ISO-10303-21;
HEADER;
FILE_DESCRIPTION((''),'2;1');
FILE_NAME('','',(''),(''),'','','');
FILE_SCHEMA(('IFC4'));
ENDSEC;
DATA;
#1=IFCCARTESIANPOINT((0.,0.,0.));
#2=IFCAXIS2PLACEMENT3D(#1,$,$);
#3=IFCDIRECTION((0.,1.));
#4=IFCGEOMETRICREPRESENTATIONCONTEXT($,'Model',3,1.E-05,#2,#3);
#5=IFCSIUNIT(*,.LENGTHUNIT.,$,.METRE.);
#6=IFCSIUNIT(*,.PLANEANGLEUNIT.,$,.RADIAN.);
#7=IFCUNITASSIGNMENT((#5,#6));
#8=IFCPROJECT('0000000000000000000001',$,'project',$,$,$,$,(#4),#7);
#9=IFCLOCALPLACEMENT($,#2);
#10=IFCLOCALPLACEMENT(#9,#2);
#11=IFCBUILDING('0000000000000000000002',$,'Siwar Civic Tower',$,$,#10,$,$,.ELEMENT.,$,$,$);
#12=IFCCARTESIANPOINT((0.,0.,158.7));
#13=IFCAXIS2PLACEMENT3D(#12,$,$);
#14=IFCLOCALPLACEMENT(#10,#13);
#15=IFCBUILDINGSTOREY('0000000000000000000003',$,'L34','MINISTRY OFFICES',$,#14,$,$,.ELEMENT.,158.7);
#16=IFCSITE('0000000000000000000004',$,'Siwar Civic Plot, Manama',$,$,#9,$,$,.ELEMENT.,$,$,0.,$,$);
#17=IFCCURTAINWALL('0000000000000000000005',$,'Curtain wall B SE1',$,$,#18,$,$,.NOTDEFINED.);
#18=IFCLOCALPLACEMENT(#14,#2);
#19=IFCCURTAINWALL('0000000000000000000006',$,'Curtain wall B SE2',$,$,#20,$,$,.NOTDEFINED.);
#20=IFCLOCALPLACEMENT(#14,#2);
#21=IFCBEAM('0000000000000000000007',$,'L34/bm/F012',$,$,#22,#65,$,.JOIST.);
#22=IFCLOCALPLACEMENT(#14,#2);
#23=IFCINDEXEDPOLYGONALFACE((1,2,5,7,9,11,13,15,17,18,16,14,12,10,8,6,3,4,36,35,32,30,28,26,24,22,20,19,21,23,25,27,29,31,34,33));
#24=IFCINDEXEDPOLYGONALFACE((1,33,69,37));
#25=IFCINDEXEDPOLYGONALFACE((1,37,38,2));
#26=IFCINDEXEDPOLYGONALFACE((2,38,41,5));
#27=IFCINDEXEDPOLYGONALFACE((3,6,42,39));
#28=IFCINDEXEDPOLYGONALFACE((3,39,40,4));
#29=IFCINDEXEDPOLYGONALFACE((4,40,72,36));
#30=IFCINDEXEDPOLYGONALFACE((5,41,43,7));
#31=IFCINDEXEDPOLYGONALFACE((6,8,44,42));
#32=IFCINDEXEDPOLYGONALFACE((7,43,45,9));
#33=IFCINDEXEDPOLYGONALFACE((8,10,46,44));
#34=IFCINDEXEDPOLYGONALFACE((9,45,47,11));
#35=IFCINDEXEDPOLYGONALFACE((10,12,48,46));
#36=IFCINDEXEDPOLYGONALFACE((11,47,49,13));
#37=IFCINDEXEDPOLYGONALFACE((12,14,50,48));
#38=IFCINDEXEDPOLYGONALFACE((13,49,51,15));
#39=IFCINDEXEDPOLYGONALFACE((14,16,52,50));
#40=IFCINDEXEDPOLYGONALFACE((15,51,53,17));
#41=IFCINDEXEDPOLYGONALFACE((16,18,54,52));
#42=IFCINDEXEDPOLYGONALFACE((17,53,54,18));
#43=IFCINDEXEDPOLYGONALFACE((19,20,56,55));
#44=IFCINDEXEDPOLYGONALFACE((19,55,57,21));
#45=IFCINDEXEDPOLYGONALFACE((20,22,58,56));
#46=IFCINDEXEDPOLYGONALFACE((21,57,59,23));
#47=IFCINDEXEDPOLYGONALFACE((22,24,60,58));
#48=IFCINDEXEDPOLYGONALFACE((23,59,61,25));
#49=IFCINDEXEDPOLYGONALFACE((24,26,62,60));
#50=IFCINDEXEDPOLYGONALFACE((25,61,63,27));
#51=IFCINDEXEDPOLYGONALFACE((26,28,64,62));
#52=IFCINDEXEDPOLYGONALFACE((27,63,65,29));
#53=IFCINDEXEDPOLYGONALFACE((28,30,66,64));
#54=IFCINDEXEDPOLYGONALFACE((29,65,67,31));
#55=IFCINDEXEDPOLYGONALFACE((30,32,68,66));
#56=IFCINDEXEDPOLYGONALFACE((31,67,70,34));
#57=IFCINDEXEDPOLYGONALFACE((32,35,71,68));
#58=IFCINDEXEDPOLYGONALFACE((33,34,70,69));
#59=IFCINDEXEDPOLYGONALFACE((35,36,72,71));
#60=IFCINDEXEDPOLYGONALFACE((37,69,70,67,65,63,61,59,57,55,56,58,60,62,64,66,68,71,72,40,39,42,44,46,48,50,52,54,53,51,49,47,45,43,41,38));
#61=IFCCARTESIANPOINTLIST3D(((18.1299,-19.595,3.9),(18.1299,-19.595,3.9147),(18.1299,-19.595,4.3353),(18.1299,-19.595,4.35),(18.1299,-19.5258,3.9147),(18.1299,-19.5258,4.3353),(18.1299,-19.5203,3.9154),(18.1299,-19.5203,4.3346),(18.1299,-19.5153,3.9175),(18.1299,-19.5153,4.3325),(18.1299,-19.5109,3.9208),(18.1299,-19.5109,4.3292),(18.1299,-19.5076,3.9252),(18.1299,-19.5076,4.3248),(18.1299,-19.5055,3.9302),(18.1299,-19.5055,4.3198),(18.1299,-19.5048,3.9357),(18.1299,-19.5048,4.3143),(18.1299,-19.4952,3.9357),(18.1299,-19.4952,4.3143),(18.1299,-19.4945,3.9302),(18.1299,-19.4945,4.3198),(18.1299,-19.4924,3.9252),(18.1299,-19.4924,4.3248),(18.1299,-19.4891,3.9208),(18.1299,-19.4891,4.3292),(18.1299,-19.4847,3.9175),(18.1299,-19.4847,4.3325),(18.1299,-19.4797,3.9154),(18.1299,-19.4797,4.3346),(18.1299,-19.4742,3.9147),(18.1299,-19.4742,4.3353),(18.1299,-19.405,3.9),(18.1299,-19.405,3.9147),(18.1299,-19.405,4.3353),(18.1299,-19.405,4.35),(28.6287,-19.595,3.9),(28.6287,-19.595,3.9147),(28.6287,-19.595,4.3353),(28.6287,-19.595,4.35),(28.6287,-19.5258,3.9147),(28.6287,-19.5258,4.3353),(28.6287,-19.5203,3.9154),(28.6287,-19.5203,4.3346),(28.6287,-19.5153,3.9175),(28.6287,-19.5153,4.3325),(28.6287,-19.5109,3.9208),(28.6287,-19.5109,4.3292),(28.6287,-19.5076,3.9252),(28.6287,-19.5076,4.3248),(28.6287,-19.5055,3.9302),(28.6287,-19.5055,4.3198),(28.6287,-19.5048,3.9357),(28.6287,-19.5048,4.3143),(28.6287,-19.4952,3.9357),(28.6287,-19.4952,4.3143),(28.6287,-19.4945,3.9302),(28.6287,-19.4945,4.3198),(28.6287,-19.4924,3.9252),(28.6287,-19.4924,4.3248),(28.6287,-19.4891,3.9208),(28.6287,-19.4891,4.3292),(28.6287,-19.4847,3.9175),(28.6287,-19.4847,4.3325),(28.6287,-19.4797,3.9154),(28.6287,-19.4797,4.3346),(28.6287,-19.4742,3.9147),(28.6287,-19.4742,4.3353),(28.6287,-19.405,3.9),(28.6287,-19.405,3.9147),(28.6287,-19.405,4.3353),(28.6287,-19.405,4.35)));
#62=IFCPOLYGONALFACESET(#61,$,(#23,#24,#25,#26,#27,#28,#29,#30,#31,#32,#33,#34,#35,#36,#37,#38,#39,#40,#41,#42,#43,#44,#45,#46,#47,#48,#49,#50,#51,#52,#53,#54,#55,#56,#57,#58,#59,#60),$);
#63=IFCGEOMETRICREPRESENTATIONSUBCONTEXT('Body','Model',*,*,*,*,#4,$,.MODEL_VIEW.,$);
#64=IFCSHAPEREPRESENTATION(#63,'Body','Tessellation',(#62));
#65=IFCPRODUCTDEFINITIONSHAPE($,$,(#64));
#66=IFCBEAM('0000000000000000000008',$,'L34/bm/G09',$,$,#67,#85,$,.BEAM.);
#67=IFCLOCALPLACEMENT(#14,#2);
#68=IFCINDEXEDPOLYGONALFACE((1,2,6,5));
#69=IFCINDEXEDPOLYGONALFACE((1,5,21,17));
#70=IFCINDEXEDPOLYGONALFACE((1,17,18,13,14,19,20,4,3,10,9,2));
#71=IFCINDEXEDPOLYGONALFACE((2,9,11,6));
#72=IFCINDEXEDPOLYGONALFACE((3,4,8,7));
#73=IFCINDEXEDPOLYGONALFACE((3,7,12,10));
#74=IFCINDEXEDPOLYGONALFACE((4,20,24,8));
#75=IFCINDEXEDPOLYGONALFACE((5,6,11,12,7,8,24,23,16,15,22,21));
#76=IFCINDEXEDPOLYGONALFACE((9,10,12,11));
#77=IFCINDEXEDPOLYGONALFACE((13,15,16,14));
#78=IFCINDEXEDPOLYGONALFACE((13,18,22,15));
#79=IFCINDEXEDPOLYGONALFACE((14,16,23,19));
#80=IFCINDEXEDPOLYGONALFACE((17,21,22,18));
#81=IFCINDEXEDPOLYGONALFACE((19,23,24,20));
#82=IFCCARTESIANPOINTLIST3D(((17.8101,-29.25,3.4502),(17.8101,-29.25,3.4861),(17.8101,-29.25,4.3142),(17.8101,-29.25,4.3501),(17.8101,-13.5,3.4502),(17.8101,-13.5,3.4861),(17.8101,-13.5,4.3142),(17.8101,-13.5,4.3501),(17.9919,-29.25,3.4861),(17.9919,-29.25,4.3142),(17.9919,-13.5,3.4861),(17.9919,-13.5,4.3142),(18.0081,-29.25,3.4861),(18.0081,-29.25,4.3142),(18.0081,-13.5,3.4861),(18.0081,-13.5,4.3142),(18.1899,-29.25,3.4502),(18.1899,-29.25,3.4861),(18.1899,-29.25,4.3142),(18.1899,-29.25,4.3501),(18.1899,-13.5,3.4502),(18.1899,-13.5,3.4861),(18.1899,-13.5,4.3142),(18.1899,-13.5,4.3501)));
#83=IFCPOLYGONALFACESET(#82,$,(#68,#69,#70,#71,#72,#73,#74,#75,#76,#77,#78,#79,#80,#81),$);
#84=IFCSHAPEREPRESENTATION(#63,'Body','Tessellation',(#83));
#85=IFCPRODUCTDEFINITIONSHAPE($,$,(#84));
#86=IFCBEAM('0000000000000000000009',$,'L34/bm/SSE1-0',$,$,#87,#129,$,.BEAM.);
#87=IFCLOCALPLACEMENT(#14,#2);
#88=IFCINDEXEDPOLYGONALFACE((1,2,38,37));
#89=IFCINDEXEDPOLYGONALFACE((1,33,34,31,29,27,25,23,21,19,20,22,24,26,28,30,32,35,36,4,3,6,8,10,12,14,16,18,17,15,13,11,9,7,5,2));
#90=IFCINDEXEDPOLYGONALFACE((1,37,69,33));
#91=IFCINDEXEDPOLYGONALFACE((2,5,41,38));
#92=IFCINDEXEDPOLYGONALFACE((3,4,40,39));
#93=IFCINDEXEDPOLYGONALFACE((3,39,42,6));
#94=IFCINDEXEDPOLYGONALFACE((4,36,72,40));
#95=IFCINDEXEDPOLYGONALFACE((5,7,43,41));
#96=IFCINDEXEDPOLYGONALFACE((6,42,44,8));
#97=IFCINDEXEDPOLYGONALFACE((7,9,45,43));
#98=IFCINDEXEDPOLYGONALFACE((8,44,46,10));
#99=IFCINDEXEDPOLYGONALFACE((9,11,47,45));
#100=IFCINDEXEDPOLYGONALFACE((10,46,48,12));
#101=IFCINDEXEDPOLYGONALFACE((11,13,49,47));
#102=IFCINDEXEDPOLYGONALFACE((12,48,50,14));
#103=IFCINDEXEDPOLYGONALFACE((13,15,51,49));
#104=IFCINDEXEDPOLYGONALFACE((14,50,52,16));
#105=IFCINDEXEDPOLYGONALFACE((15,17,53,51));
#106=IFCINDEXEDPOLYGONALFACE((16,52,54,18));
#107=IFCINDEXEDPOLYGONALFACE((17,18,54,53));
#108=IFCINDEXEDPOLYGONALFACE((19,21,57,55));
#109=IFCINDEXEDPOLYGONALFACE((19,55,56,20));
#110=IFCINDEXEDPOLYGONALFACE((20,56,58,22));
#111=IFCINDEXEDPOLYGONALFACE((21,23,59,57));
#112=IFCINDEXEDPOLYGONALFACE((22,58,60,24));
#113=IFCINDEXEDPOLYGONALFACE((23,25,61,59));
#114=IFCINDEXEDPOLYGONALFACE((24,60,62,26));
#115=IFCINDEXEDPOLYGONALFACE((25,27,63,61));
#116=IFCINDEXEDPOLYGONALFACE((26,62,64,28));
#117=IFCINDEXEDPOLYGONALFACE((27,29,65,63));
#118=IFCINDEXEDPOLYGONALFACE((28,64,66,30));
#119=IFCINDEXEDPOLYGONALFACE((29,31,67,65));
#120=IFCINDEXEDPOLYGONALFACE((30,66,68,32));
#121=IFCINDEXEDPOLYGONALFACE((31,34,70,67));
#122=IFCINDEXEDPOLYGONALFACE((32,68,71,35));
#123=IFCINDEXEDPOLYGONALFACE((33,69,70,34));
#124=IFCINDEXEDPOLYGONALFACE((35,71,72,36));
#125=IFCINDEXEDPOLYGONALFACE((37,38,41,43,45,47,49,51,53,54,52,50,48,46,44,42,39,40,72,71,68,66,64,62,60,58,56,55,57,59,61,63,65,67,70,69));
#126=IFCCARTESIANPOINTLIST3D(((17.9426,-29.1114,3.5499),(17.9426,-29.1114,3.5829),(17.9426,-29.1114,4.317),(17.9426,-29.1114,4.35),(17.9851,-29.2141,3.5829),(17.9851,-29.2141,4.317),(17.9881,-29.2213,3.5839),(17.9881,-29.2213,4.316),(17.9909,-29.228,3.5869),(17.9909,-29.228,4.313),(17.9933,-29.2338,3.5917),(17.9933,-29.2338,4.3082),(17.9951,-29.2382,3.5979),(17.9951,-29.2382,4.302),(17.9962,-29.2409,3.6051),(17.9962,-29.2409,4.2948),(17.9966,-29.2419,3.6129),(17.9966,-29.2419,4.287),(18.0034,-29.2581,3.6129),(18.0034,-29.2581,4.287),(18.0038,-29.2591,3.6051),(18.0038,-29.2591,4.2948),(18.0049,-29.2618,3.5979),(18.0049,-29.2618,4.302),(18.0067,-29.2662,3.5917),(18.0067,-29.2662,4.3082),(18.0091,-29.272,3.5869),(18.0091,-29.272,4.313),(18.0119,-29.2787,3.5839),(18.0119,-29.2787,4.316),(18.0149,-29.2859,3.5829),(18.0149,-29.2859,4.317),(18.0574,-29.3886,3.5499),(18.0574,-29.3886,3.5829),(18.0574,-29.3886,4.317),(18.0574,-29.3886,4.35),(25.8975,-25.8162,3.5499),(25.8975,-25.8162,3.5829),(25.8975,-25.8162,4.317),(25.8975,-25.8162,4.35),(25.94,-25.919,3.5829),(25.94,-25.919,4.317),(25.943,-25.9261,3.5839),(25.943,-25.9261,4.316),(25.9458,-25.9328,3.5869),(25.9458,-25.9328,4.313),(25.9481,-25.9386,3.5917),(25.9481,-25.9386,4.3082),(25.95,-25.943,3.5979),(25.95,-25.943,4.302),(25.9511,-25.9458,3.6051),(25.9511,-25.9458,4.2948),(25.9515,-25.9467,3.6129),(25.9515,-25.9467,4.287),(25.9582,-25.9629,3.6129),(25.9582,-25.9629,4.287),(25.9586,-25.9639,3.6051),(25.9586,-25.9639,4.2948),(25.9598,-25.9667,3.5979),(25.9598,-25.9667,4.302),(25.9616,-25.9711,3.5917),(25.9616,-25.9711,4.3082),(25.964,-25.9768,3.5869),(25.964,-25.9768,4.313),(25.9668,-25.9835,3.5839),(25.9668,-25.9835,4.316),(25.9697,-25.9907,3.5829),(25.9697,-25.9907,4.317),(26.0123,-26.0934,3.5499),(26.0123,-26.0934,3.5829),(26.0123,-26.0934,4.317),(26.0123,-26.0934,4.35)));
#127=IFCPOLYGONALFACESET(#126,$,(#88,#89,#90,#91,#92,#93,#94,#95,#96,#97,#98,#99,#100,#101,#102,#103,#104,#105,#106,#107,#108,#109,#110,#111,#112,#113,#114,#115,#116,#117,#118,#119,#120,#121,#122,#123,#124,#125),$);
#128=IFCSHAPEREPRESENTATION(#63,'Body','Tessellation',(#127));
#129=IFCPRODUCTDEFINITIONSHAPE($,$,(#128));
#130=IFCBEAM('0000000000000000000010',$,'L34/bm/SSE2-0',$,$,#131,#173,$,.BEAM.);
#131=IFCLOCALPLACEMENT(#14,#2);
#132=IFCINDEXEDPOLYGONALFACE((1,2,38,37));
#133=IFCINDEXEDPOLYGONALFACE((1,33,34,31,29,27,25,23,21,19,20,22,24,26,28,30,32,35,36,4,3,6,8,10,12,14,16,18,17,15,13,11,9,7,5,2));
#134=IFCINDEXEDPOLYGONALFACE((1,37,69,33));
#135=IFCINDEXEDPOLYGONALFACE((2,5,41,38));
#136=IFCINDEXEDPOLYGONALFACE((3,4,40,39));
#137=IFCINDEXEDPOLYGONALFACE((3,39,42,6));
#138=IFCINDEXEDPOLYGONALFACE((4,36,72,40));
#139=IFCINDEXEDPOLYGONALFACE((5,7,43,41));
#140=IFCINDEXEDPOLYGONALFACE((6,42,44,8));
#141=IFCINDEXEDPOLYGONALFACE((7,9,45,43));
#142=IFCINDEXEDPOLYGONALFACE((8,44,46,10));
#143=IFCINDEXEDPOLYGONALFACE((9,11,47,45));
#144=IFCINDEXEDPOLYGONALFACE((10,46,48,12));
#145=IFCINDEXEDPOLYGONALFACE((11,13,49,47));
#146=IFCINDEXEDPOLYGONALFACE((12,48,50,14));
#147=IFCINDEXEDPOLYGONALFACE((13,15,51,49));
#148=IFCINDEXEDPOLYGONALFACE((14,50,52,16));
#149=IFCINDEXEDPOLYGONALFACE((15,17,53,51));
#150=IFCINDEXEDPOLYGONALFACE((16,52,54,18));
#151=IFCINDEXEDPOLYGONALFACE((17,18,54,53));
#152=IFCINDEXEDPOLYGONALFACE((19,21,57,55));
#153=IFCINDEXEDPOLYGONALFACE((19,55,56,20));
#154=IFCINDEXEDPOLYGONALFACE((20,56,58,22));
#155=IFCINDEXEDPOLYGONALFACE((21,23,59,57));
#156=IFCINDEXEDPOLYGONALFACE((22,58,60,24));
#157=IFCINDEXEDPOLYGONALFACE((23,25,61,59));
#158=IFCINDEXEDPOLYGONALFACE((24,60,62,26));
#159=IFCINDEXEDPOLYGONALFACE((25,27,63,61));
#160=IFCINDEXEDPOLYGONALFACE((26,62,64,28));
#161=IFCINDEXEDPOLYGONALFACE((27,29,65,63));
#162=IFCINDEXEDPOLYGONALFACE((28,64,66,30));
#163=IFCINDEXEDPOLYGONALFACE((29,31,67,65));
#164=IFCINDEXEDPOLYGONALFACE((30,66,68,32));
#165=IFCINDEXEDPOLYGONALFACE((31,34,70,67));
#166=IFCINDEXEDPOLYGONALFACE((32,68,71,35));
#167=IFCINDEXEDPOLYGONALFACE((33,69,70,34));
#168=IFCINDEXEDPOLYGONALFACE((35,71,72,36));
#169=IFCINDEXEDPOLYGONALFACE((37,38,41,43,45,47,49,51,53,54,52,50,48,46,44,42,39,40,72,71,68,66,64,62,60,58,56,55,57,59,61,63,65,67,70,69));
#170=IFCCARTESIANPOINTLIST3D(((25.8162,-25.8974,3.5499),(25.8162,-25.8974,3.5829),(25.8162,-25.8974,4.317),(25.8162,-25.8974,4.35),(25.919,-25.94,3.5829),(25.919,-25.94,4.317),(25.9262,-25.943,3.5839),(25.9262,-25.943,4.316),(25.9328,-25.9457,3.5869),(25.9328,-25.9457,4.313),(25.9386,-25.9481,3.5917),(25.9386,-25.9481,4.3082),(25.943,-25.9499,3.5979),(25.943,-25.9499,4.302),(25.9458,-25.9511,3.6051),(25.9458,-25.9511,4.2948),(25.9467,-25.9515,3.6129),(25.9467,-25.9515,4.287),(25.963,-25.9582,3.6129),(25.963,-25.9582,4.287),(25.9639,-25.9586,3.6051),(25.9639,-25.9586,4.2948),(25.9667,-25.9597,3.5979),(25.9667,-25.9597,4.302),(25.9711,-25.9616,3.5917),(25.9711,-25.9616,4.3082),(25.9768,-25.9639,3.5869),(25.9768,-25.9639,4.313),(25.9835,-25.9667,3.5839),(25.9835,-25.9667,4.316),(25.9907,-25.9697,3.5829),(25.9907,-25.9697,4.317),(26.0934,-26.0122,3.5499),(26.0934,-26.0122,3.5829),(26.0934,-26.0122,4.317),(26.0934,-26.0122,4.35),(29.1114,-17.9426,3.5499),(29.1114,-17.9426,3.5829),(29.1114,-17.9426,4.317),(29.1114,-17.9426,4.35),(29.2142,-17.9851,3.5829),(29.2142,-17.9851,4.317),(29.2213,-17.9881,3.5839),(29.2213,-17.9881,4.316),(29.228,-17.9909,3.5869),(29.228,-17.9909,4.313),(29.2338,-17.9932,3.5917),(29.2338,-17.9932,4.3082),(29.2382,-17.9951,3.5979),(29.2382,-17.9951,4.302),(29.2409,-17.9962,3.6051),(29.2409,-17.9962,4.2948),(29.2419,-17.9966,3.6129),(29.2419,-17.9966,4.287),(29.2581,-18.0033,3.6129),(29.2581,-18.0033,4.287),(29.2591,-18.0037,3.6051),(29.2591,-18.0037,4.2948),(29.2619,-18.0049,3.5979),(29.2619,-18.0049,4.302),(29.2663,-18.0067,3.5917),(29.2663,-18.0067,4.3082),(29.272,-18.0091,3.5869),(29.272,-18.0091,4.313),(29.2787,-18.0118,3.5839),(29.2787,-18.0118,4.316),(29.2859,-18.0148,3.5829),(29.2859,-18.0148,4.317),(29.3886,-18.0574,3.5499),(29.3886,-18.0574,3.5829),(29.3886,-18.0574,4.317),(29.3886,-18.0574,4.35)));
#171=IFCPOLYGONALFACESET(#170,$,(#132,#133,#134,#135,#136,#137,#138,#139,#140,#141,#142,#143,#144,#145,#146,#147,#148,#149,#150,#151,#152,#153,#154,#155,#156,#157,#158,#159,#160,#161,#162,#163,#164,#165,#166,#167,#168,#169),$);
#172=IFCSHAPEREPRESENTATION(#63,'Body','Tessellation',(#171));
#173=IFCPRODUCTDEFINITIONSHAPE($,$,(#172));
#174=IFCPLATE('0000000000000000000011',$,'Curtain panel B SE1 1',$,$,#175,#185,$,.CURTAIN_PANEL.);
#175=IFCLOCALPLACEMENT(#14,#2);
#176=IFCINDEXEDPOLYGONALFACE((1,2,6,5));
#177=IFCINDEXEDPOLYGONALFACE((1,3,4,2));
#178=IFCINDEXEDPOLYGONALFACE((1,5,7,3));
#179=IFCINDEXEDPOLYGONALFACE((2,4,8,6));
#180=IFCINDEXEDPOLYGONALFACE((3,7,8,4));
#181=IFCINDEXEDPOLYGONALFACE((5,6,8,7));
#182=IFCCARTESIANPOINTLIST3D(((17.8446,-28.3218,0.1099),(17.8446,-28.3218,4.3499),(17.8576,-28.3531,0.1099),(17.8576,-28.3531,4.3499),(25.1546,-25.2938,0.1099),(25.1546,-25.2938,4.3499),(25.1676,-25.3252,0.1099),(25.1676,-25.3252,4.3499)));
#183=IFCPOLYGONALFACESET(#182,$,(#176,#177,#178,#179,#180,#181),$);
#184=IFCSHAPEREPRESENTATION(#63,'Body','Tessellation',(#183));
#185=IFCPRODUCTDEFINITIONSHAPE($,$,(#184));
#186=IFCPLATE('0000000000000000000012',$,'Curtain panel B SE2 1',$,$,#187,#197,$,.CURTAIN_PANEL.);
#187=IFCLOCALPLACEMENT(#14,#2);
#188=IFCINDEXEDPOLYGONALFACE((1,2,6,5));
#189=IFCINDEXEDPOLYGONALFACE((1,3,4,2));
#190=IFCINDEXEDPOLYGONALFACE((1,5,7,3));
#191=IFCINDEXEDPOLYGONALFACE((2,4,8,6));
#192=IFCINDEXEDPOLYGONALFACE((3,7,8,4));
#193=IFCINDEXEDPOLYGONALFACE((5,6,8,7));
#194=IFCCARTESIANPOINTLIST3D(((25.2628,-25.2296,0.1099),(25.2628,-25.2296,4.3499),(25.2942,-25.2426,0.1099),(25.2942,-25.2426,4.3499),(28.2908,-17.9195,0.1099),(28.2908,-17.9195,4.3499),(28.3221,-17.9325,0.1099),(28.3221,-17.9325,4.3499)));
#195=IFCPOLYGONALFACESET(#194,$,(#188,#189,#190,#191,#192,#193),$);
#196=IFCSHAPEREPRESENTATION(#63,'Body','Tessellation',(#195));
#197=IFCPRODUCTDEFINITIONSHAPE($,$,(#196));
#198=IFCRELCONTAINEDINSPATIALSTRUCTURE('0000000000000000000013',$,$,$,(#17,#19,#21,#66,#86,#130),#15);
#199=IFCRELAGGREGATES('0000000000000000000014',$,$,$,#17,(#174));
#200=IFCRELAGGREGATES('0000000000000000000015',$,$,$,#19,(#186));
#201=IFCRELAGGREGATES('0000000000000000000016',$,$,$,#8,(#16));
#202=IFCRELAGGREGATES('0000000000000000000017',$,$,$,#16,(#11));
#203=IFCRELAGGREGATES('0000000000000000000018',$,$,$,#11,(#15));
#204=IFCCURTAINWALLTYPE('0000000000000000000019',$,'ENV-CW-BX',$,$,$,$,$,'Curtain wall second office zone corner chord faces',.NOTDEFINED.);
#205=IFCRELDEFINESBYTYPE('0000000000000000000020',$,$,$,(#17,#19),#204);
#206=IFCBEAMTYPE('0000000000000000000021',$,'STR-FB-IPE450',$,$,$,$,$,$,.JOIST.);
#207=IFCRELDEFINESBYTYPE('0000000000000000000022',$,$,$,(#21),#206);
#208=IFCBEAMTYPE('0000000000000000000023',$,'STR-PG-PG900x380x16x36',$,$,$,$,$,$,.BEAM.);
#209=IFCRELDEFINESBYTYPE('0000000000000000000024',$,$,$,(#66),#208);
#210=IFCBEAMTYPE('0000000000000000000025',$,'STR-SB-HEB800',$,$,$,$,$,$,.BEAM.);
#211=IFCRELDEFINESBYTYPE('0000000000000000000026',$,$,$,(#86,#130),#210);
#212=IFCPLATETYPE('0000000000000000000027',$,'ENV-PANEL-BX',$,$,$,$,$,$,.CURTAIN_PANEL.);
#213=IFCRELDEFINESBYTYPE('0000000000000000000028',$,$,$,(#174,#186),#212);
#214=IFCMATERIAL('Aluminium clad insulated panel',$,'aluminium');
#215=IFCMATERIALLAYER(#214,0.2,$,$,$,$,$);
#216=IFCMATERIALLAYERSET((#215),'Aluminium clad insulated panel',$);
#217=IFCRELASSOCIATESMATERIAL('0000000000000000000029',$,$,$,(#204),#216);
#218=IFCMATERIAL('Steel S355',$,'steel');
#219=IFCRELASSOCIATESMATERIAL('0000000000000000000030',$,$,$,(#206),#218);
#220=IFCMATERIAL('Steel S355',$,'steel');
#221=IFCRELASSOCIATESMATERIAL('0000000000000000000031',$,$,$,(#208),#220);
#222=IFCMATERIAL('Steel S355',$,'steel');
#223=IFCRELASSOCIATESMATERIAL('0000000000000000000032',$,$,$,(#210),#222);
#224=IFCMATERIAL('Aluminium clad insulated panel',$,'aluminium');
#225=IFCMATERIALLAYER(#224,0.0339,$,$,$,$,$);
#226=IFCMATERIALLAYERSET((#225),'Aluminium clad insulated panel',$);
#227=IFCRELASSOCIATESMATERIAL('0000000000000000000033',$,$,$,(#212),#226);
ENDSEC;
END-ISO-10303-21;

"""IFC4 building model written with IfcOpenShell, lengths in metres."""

from ifc_helpers import new_model, si_unit, direction, frame, origin, origin_2d, place, context, subcontext, project, spatial, rectangle, i_section, extrude, material, layer, layer_set, material_profile, profile_set, type_object, element, aggregate, save


model = new_model("IFC4")

# Units and contexts
model_context = context("Model", 3, precision=1e-05, world=origin(), true_north=direction((0.0, 1.0)))
body_context = subcontext(model_context, "Body", "Model", "MODEL_VIEW")
ifc_project = project(units=[si_unit("LENGTHUNIT", "METRE"), si_unit("PLANEANGLEUNIT", "RADIAN")], contexts=[model_context])

# Site, building, storey
site_placement = place(None, origin())
site = spatial("IfcSite", under=ifc_project, at=site_placement, Name="Siwar Civic Plot, Manama", CompositionType="ELEMENT", RefElevation=0.0)
building_placement = place(site_placement, origin())
building = spatial("IfcBuilding", under=site, at=building_placement, Name="Siwar Civic Tower", CompositionType="ELEMENT")
storey_placement = place(building_placement, frame((0.0, 0.0, 158.7)))
storey = spatial("IfcBuildingStorey", under=building, at=storey_placement, Name="L34", Description="MINISTRY OFFICES", CompositionType="ELEMENT", Elevation=158.7)

# Curtain walls
ifc_material_1 = material(Name="Aluminium clad insulated panel", Category="aluminium")
ifc_layer_1 = layer(ifc_material_1, 0.2)
ifc_layer_set_1 = layer_set([ifc_layer_1], Name="Aluminium clad insulated panel")
curtain_wall_type = type_object("IfcCurtainWallType", Name="ENV-CW-BX", ElementType="Curtain wall second office zone corner chord faces", PredefinedType="NOTDEFINED", material=ifc_layer_set_1)
curtain_wall_1_placement = place(storey_placement, origin())
curtain_wall_1 = element("IfcCurtainWall", 1, at=curtain_wall_1_placement, inside=storey, type_object=curtain_wall_type, Name="Curtain wall B SE1", PredefinedType="NOTDEFINED")
curtain_wall_2_placement = place(storey_placement, origin())
curtain_wall_2 = element("IfcCurtainWall", 2, at=curtain_wall_2_placement, inside=storey, type_object=curtain_wall_type, Name="Curtain wall B SE2", PredefinedType="NOTDEFINED")

# Beams
ifc_material_2 = material(Name="Steel S355", Category="steel")
ifc_material_profile_1 = material_profile(ifc_material_2, i_section(OverallWidth=0.1899, OverallDepth=0.45, WebThickness=0.0095, FlangeThickness=0.0146, FilletRadius=0.021, at=origin_2d()), Name="IPE450")
ifc_profile_set_1 = profile_set([ifc_material_profile_1], Name="Steel S355")
beam_type_1 = type_object("IfcBeamType", Name="STR-FB-IPE450", PredefinedType="JOIST", material=ifc_profile_set_1)
beam_1_placement = place(storey_placement, frame((18.1299, -19.5, 4.125), z_axis=(1.0, 0.0, 0.0), x_axis=(0.0, 1.0, 0.0)))
element("IfcBeam", 3, at=beam_1_placement, inside=storey, type_object=beam_type_1, Name="L34/bm/F012", PredefinedType="JOIST", context=body_context, shape_type="SweptSolid", body=[
    extrude(i_section(OverallWidth=0.1899, OverallDepth=0.45, WebThickness=0.0095, FlangeThickness=0.0146, FilletRadius=0.021, at=origin_2d()), origin(), (0.0, 0.0, 1.0), 10.4988),
])
ifc_material_3 = material(Name="Steel S355", Category="steel")
ifc_material_profile_2 = material_profile(ifc_material_3, i_section(OverallWidth=0.3799, OverallDepth=0.8999, WebThickness=0.0161, FlangeThickness=0.0359, at=origin_2d()), Name="PG900x380x16x36")
ifc_profile_set_2 = profile_set([ifc_material_profile_2], Name="Steel S355")
beam_type_2 = type_object("IfcBeamType", Name="STR-PG-PG900x380x16x36", PredefinedType="BEAM", material=ifc_profile_set_2)
beam_2_placement = place(storey_placement, frame((18.0, -29.25, 3.9001), z_axis=(0.0, 1.0, 0.0), x_axis=(-1.0, 0.0, 0.0)))
element("IfcBeam", 4, at=beam_2_placement, inside=storey, type_object=beam_type_2, Name="L34/bm/G09", PredefinedType="BEAM", context=body_context, shape_type="SweptSolid", body=[
    extrude(i_section(OverallWidth=0.3799, OverallDepth=0.8999, WebThickness=0.0161, FlangeThickness=0.0359, at=origin_2d()), origin(), (0.0, 0.0, 1.0), 15.75),
])
ifc_material_4 = material(Name="Steel S355", Category="steel")
ifc_material_profile_3 = material_profile(ifc_material_4, i_section(OverallWidth=0.3, OverallDepth=0.8, WebThickness=0.0176, FlangeThickness=0.033, FilletRadius=0.03, at=origin_2d()), Name="HEB800")
ifc_profile_set_3 = profile_set([ifc_material_profile_3], Name="Steel S355")
beam_type_3 = type_object("IfcBeamType", Name="STR-SB-HEB800", PredefinedType="BEAM", material=ifc_profile_set_3)
for number, where, z_axis, x_axis, name in (
    (5, (18.0, -29.25, 3.95), (0.923873, 0.3827, 0.0), (-0.3827, 0.923873, 0.0), "L34/bm/SSE1-0"),
    (6, (25.9548, -25.9548, 3.95), (0.3827, 0.923873, 0.0), (-0.923873, 0.3827, 0.0), "L34/bm/SSE2-0"),
):
    element("IfcBeam", number, at=place(storey_placement, frame(where, z_axis=z_axis, x_axis=x_axis)), inside=storey, type_object=beam_type_3, Name=name, PredefinedType="BEAM", context=body_context, shape_type="SweptSolid", body=[
        extrude(i_section(OverallWidth=0.3, OverallDepth=0.8, WebThickness=0.0176, FlangeThickness=0.033, FilletRadius=0.03, at=origin_2d()), origin(), (0.0, 0.0, 1.0), 8.6104),
    ])

# Plates
ifc_material_5 = material(Name="Aluminium clad insulated panel", Category="aluminium")
ifc_layer_2 = layer(ifc_material_5, 0.0339)
ifc_layer_set_2 = layer_set([ifc_layer_2], Name="Aluminium clad insulated panel")
plate_type = type_object("IfcPlateType", Name="ENV-PANEL-BX", PredefinedType="CURTAIN_PANEL", material=ifc_layer_set_2)
plate_1_placement = place(storey_placement, frame((21.5061, -26.8235, 0.1099), z_axis=(0.0, 0.0, 1.0), x_axis=(0.92388, 0.382683, 0.0)))
plate_1 = element("IfcPlate", 7, at=plate_1_placement, type_object=plate_type, Name="Curtain panel B SE1 1", PredefinedType="CURTAIN_PANEL", context=body_context, shape_type="SweptSolid", body=[
    extrude(rectangle(XDim=7.9124, YDim=0.0339, at=origin_2d()), origin(), (0.0, 0.0, 1.0), 4.24),
])
aggregate(curtain_wall_1, [plate_1])
plate_2_placement = place(storey_placement, frame((26.7925, -21.5811, 0.1099), z_axis=(0.0, 0.0, 1.0), x_axis=(0.382683, 0.92388, 0.0)))
plate_2 = element("IfcPlate", 8, at=plate_2_placement, type_object=plate_type, Name="Curtain panel B SE2 1", PredefinedType="CURTAIN_PANEL", context=body_context, shape_type="SweptSolid", body=[
    extrude(rectangle(XDim=7.9124, YDim=0.0339, at=origin_2d()), origin(), (0.0, 0.0, 1.0), 4.24),
])
aggregate(curtain_wall_2, [plate_2])

save(model, "model.ifc")
